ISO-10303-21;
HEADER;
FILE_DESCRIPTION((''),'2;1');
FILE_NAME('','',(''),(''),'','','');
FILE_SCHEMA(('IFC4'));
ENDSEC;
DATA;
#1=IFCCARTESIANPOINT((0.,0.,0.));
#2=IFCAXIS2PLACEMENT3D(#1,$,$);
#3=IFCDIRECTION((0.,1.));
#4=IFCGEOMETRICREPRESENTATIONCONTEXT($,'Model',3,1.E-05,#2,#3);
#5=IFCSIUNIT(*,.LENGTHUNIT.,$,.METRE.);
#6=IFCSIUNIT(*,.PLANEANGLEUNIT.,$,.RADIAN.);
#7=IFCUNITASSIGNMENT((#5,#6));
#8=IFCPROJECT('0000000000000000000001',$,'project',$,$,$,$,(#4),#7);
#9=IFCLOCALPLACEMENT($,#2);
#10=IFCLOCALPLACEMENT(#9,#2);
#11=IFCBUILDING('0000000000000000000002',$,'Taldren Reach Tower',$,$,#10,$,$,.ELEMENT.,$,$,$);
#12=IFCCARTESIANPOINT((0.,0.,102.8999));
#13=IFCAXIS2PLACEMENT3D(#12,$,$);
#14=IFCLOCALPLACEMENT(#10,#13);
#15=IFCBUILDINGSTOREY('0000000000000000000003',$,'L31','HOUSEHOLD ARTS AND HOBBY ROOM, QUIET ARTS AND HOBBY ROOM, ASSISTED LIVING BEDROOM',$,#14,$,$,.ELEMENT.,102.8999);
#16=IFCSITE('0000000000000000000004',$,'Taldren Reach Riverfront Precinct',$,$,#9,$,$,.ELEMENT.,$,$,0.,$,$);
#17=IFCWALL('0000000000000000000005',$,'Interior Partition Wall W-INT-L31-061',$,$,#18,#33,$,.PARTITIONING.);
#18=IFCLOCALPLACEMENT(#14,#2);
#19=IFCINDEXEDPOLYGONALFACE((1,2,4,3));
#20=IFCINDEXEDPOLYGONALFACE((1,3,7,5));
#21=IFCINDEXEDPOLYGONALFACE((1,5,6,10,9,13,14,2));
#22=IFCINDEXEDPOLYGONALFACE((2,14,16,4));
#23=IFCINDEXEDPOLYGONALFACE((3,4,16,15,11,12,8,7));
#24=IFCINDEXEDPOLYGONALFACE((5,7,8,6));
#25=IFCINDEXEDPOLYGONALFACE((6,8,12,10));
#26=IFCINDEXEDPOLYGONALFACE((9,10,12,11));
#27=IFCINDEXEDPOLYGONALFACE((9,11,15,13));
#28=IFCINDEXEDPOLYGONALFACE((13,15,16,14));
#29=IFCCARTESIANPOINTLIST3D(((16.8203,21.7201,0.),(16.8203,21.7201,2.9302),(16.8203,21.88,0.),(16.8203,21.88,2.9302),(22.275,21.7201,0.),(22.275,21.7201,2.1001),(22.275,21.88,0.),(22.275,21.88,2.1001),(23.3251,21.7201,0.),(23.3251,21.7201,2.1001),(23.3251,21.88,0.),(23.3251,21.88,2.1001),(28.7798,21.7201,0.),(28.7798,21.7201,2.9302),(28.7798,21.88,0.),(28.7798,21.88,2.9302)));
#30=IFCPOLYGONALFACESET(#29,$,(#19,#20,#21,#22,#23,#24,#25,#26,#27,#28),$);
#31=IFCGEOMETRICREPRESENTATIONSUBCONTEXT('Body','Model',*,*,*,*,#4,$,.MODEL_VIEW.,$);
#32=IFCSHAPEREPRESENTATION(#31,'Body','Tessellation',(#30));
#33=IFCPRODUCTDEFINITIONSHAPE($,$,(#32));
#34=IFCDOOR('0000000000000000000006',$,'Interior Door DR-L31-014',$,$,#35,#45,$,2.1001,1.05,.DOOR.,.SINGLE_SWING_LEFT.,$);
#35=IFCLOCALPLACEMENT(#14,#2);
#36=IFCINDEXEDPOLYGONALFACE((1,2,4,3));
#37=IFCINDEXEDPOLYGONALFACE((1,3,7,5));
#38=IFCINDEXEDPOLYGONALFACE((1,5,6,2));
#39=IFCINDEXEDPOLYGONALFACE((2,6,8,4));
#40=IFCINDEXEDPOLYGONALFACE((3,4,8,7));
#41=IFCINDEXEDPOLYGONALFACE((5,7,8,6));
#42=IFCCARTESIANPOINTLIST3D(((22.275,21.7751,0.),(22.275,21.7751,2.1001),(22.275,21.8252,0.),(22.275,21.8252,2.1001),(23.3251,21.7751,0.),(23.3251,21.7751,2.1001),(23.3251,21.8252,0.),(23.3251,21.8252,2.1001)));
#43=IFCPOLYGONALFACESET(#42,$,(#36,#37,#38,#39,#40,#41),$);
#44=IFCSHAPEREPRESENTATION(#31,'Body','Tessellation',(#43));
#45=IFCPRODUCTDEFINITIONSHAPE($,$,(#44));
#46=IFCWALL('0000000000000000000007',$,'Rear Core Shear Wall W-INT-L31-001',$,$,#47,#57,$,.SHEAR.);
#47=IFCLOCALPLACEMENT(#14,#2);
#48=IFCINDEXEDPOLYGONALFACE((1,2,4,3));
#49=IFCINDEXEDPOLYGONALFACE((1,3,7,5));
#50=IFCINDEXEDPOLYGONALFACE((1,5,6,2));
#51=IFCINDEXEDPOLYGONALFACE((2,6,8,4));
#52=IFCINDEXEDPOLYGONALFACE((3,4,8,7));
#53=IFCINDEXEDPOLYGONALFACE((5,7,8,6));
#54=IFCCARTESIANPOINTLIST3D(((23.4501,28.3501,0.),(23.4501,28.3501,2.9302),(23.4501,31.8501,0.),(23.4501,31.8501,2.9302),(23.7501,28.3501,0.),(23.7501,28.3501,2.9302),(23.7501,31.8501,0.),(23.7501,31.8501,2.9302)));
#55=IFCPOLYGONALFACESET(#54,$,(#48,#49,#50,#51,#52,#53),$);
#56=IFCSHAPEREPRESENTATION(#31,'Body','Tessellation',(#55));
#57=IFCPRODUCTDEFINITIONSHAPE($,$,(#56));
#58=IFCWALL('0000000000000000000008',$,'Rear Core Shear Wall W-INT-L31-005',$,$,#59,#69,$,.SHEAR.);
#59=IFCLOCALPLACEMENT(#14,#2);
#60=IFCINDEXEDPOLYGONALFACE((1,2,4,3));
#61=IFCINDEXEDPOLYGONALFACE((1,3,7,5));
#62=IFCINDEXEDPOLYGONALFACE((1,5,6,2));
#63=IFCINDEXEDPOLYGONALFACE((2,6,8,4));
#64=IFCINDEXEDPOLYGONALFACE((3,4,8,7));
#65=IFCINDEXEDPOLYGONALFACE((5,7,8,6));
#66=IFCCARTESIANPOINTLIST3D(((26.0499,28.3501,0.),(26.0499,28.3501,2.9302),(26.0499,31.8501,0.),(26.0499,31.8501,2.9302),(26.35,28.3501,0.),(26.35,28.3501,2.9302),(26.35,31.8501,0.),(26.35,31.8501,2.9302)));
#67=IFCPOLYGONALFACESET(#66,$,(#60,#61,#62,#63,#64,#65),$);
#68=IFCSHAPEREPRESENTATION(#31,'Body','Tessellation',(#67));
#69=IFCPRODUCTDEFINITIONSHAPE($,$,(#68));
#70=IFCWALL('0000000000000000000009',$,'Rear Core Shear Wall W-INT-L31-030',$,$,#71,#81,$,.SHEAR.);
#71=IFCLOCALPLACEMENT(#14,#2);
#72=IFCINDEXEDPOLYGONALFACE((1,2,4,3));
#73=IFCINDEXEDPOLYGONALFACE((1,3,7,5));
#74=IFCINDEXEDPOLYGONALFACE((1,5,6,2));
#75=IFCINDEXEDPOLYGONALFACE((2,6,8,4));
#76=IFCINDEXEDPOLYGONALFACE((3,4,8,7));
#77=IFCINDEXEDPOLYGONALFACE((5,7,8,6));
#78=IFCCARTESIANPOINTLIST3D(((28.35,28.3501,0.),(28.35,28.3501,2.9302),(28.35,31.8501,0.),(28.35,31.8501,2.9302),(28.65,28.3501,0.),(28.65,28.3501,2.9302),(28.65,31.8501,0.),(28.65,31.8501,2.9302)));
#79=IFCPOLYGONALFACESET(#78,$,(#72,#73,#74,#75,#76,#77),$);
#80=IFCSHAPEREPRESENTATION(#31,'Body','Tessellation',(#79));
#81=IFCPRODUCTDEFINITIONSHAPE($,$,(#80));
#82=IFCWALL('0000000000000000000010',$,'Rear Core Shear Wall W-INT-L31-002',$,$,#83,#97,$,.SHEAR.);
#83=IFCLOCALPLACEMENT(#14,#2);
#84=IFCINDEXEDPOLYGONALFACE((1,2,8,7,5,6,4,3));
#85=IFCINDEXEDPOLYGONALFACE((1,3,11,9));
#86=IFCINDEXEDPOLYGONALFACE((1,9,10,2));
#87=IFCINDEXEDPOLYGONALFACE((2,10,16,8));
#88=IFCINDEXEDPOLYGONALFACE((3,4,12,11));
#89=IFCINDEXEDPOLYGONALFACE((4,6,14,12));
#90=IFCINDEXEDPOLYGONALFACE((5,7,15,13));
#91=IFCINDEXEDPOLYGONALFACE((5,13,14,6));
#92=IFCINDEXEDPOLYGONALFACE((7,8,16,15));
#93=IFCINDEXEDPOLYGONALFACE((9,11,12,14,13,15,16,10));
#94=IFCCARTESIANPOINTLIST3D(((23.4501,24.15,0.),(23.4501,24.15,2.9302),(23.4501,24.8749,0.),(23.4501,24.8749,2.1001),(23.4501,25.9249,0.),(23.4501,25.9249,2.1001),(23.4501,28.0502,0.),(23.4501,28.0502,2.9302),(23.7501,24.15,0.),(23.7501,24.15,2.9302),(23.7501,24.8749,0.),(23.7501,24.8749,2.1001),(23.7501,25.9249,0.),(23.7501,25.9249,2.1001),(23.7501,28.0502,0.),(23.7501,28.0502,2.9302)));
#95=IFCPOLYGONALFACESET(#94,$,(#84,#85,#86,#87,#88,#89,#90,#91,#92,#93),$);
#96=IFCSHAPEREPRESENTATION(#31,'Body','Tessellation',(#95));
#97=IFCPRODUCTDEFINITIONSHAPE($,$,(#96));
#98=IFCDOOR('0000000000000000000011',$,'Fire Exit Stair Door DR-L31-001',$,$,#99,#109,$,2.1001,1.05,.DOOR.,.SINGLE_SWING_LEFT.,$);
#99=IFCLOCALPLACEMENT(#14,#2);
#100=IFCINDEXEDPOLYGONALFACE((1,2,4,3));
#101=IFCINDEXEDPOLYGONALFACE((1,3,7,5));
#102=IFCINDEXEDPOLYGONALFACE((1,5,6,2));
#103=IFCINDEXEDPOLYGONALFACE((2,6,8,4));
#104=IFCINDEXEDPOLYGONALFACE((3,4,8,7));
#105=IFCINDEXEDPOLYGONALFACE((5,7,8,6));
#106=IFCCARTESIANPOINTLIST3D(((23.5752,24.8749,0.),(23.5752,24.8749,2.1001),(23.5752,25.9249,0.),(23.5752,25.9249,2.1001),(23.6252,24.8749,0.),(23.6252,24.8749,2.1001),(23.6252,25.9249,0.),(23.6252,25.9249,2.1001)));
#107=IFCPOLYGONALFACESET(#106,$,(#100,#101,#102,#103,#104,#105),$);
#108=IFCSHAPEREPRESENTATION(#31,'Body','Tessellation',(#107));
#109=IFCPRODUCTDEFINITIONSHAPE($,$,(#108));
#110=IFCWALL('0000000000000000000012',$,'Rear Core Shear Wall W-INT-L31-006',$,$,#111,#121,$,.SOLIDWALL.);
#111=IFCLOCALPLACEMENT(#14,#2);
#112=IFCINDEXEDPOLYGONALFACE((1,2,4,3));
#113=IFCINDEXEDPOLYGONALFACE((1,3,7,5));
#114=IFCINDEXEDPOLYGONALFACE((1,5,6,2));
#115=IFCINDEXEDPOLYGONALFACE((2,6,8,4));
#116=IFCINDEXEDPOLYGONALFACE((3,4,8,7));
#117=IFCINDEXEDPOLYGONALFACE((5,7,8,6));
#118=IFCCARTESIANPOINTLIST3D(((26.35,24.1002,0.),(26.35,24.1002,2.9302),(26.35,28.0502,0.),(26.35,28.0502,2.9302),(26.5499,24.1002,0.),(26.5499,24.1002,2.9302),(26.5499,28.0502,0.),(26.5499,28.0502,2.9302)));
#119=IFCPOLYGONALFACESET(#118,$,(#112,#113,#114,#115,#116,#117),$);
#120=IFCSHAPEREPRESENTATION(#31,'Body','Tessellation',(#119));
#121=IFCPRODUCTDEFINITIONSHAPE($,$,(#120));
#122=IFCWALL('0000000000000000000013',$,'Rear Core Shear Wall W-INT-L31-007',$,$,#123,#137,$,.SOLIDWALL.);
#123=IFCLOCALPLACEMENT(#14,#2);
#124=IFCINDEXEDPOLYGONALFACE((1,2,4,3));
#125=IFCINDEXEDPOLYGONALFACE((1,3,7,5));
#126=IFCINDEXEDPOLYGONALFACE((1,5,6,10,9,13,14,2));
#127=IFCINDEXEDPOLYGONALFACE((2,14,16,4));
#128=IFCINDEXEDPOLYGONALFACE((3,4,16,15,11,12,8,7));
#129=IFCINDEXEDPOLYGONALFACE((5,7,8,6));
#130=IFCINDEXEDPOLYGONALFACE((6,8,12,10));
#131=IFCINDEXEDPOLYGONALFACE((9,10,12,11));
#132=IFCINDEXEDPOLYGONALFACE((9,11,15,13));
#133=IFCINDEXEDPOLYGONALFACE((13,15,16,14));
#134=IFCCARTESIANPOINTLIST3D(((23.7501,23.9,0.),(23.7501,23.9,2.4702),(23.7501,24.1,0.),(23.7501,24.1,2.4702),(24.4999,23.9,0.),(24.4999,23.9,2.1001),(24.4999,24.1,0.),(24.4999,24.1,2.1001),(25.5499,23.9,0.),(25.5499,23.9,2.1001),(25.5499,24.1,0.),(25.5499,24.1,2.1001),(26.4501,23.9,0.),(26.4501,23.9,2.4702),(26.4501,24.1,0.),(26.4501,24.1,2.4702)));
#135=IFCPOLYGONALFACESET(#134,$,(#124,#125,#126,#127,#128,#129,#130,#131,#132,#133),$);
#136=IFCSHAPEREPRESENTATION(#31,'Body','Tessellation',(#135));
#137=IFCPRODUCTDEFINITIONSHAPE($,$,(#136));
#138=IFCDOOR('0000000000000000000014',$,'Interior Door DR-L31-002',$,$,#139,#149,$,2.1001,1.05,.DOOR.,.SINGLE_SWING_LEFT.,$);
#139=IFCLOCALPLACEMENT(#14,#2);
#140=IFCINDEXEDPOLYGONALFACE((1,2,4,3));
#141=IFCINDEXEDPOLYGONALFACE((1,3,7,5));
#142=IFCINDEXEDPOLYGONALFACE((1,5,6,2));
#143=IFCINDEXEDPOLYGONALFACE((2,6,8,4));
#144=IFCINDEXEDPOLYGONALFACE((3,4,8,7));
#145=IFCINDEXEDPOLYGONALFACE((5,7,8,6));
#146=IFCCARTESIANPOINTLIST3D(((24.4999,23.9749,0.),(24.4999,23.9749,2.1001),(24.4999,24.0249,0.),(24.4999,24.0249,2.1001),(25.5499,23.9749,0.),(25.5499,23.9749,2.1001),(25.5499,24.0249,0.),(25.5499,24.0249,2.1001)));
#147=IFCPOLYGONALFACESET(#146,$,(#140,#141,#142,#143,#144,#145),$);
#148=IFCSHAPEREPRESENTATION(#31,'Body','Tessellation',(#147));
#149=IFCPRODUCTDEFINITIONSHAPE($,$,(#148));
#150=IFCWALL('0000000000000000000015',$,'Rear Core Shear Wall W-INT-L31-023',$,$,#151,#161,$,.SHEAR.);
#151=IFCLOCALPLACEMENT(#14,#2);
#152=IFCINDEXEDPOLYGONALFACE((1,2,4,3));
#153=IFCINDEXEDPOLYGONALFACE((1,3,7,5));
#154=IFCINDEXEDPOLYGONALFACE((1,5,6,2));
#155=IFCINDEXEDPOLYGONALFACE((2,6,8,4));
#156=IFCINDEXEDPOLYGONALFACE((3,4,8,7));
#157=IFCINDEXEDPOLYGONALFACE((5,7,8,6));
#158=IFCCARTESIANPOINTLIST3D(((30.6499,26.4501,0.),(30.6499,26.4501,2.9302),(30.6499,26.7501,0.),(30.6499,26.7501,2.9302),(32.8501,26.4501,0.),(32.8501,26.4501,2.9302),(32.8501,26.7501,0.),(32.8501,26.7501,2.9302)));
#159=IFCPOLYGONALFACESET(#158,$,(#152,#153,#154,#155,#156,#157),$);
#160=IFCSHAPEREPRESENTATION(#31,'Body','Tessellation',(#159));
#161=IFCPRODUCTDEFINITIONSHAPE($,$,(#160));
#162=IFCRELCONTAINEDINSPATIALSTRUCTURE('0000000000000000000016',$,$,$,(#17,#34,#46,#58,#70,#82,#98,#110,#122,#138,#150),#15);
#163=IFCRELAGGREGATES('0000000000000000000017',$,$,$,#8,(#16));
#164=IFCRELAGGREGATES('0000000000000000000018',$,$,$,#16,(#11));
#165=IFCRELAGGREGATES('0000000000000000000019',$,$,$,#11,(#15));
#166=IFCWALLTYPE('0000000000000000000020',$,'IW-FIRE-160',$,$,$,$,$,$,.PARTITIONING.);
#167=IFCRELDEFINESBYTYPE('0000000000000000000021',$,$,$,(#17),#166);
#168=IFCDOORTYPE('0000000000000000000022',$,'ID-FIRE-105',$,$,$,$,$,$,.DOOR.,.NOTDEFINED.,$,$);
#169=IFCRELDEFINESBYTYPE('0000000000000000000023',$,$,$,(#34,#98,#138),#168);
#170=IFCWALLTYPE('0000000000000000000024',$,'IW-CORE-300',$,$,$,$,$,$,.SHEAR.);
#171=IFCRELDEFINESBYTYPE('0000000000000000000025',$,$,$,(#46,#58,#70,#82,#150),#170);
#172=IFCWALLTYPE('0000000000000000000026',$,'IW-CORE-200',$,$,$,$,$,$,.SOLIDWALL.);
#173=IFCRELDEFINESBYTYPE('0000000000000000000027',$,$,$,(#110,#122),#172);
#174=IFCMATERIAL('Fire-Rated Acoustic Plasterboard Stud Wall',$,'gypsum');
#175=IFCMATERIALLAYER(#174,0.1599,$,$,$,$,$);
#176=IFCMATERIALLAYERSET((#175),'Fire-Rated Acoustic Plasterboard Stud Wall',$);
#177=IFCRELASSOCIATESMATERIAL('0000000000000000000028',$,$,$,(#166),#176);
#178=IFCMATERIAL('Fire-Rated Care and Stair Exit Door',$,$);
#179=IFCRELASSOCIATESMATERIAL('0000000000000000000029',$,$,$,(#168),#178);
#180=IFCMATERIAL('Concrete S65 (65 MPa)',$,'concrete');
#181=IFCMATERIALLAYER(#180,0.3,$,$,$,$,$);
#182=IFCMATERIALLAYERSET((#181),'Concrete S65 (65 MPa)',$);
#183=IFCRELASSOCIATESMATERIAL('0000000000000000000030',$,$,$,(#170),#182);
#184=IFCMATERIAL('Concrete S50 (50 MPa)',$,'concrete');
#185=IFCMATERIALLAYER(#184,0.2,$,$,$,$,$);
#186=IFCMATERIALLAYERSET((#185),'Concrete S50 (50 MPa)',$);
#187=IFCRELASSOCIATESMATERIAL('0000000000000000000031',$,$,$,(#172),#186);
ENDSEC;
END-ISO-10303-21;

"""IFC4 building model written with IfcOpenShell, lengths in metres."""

from ifc_helpers import new_model, si_unit, direction, frame, frame_2d, origin, place, context, subcontext, project, spatial, rectangle, extrude, source, transform, mapped, material, layer, layer_set, type_object, element, fill, save


model = new_model("IFC4")

# Units and contexts
model_context = context("Model", 3, precision=1e-05, world=origin(), true_north=direction((0.0, 1.0)))
body_context = subcontext(model_context, "Body", "Model", "MODEL_VIEW")
ifc_project = project(units=[si_unit("LENGTHUNIT", "METRE"), si_unit("PLANEANGLEUNIT", "RADIAN")], contexts=[model_context])

# Site, building, storey
site_placement = place(None, origin())
site = spatial("IfcSite", under=ifc_project, at=site_placement, Name="Taldren Reach Riverfront Precinct", CompositionType="ELEMENT", RefElevation=0.0)
building_placement = place(site_placement, origin())
building = spatial("IfcBuilding", under=site, at=building_placement, Name="Taldren Reach Tower", CompositionType="ELEMENT")
storey_placement = place(building_placement, frame((0.0, 0.0, 102.8999)))
storey = spatial("IfcBuildingStorey", under=building, at=storey_placement, Name="L31", Description="HOUSEHOLD ARTS AND HOBBY ROOM, QUIET ARTS AND HOBBY ROOM, ASSISTED LIVING BEDROOM", CompositionType="ELEMENT", Elevation=102.8999)

# Shared definitions
ifc_material_1 = material(Name="Concrete S65 (65 MPa)", Category="concrete")

# Wall, opening, door
ifc_material_2 = material(Name="Fire-Rated Acoustic Plasterboard Stud Wall", Category="gypsum")
ifc_layer_1 = layer(ifc_material_2, 0.1599)
ifc_layer_set_1 = layer_set([ifc_layer_1], Name="Fire-Rated Acoustic Plasterboard Stud Wall")
wall_type_1 = type_object("IfcWallType", Name="IW-FIRE-160", PredefinedType="PARTITIONING", material=ifc_layer_set_1)
shared_shape_1 = source(origin(), body_context, "Body", "SweptSolid", [
    extrude(rectangle(XDim=11.9595, YDim=0.1599, at=frame_2d((5.9797, 0.0))), origin(), (0.0, 0.0, 1.0), 2.9302),
])
wall_1_placement = place(storey_placement, frame((28.7798, 21.8, 0.0), z_axis=(0.0, 0.0, 1.0), x_axis=(-1.0, 0.0, 0.0)))
wall_1 = element("IfcWall", 1, at=wall_1_placement, inside=storey, type_object=wall_type_1, Name="Interior Partition Wall W-INT-L31-061", PredefinedType="PARTITIONING", context=body_context, shape_type="MappedRepresentation", body=[
    mapped(shared_shape_1, transform((0.0, 0.0, 0.0), scale=1.0)),
])
shared_shape_2 = source(origin(), body_context, "Body", "SweptSolid", [
    extrude(rectangle(XDim=1.05, YDim=2.1001, at=frame_2d((0.5249, 1.05))), frame((0.0, 0.0898, 0.0), z_axis=(0.0, -1.0, 0.0), x_axis=(1.0, 0.0, 0.0)), (0.0, 0.0, 1.0), 0.1799),
])
opening_1_placement = place(wall_1_placement, frame((5.4548, 0.0, 0.0)))
opening_1 = element("IfcOpeningElement", 2, at=opening_1_placement, cuts=wall_1, PredefinedType="OPENING", context=body_context, shape_type="MappedRepresentation", body=[
    mapped(shared_shape_2, transform((0.0, 0.0, 0.0), scale=1.0)),
])
ifc_material_3 = material(Name="Fire-Rated Care and Stair Exit Door")
door_type_1 = type_object("IfcDoorType", Name="ID-FIRE-105", OperationType="NOTDEFINED", PredefinedType="DOOR", material=ifc_material_3)
shared_shape_3 = source(origin(), body_context, "Body", "SweptSolid", [
    extrude(rectangle(XDim=1.05, YDim=2.1001, at=frame_2d((0.5249, 1.05))), frame((0.0, 0.0249, 0.0), z_axis=(0.0, -1.0, 0.0), x_axis=(1.0, 0.0, 0.0)), (0.0, 0.0, 1.0), 0.05),
])
door_1_placement = place(opening_1_placement, origin())
door_1 = element("IfcDoor", 3, at=door_1_placement, inside=storey, type_object=door_type_1, Name="Interior Door DR-L31-014", OperationType="SINGLE_SWING_LEFT", OverallHeight=2.1001, OverallWidth=1.05, PredefinedType="DOOR", context=body_context, shape_type="MappedRepresentation", body=[
    mapped(shared_shape_3, transform((0.0, 0.0, 0.0), scale=1.0)),
])
fill(opening_1, door_1)

# Walls
ifc_layer_2 = layer(ifc_material_1, 0.3)
ifc_layer_set_2 = layer_set([ifc_layer_2], Name="Concrete S65 (65 MPa)")
wall_type_2 = type_object("IfcWallType", Name="IW-CORE-300", PredefinedType="SHEAR", material=ifc_layer_set_2)
shared_shape_4 = source(origin(), body_context, "Body", "SweptSolid", [
    extrude(rectangle(XDim=3.5, YDim=0.3, at=frame_2d((1.75, 0.0))), origin(), (0.0, 0.0, 1.0), 2.9302),
])
for number, where, z_axis, x_axis, name in (
    (4, (23.6001, 28.3501, 0.0), (0.0, 0.0, 1.0), (0.0, 1.0, 0.0), "Rear Core Shear Wall W-INT-L31-001"),
    (5, (26.2, 28.3501, 0.0), (0.0, 0.0, 1.0), (0.0, 1.0, 0.0), "Rear Core Shear Wall W-INT-L31-005"),
    (6, (28.5, 28.3501, 0.0), (0.0, 0.0, 1.0), (0.0, 1.0, 0.0), "Rear Core Shear Wall W-INT-L31-030"),
):
    element("IfcWall", number, at=place(storey_placement, frame(where, z_axis=z_axis, x_axis=x_axis)), inside=storey, type_object=wall_type_2, Name=name, PredefinedType="SHEAR", context=body_context, shape_type="MappedRepresentation", body=[
        mapped(shared_shape_4, transform((0.0, 0.0, 0.0), scale=1.0)),
    ])

# Wall, opening, door
shared_shape_5 = source(origin(), body_context, "Body", "SweptSolid", [
    extrude(rectangle(XDim=3.9001, YDim=0.3, at=frame_2d((1.9502, 0.0))), origin(), (0.0, 0.0, 1.0), 2.9302),
])
wall_2_placement = place(storey_placement, frame((23.6001, 24.1499, 0.0), z_axis=(0.0, 0.0, 1.0), x_axis=(0.0, 1.0, 0.0)))
wall_2 = element("IfcWall", 7, at=wall_2_placement, inside=storey, type_object=wall_type_2, Name="Rear Core Shear Wall W-INT-L31-002", PredefinedType="SHEAR", context=body_context, shape_type="MappedRepresentation", body=[
    mapped(shared_shape_5, transform((0.0, 0.0, 0.0), scale=1.0)),
])
shared_shape_6 = source(origin(), body_context, "Body", "SweptSolid", [
    extrude(rectangle(XDim=1.05, YDim=2.1001, at=frame_2d((0.5249, 1.05))), frame((0.0, 0.1602, 0.0), z_axis=(0.0, -1.0, 0.0), x_axis=(1.0, 0.0, 0.0)), (0.0, 0.0, 1.0), 0.3201),
])
opening_2_placement = place(wall_2_placement, frame((0.7251, 0.0, 0.0)))
opening_2 = element("IfcOpeningElement", 8, at=opening_2_placement, cuts=wall_2, PredefinedType="OPENING", context=body_context, shape_type="MappedRepresentation", body=[
    mapped(shared_shape_6, transform((0.0, 0.0, 0.0), scale=1.0)),
])
door_2_placement = place(opening_2_placement, origin())
door_2 = element("IfcDoor", 9, at=door_2_placement, inside=storey, type_object=door_type_1, Name="Fire Exit Stair Door DR-L31-001", OperationType="SINGLE_SWING_LEFT", OverallHeight=2.1001, OverallWidth=1.05, PredefinedType="DOOR", context=body_context, shape_type="MappedRepresentation", body=[
    mapped(shared_shape_3, transform((0.0, 0.0, 0.0), scale=1.0)),
])
fill(opening_2, door_2)

# Wall
ifc_material_4 = material(Name="Concrete S50 (50 MPa)", Category="concrete")
ifc_layer_3 = layer(ifc_material_4, 0.2)
ifc_layer_set_3 = layer_set([ifc_layer_3], Name="Concrete S50 (50 MPa)")
wall_type_3 = type_object("IfcWallType", Name="IW-CORE-200", PredefinedType="SOLIDWALL", material=ifc_layer_set_3)
shared_shape_7 = source(origin(), body_context, "Body", "SweptSolid", [
    extrude(rectangle(XDim=3.95, YDim=0.2, at=frame_2d((1.9751, 0.0))), origin(), (0.0, 0.0, 1.0), 2.9302),
])
wall_3_placement = place(storey_placement, frame((26.45, 24.1001, 0.0), z_axis=(0.0, 0.0, 1.0), x_axis=(0.0, 1.0, 0.0)))
element("IfcWall", 10, at=wall_3_placement, inside=storey, type_object=wall_type_3, Name="Rear Core Shear Wall W-INT-L31-006", PredefinedType="SOLIDWALL", context=body_context, shape_type="MappedRepresentation", body=[
    mapped(shared_shape_7, transform((0.0, 0.0, 0.0), scale=1.0)),
])

# Wall, opening, door
shared_shape_8 = source(origin(), body_context, "Body", "SweptSolid", [
    extrude(rectangle(XDim=2.7, YDim=0.2, at=frame_2d((1.3501, 0.0))), origin(), (0.0, 0.0, 1.0), 2.4702),
])
wall_4_placement = place(storey_placement, frame((23.75, 24.0, 0.0), z_axis=(0.0, 0.0, 1.0), x_axis=(1.0, 0.0, 0.0)))
wall_4 = element("IfcWall", 11, at=wall_4_placement, inside=storey, type_object=wall_type_3, Name="Rear Core Shear Wall W-INT-L31-007", PredefinedType="SOLIDWALL", context=body_context, shape_type="MappedRepresentation", body=[
    mapped(shared_shape_8, transform((0.0, 0.0, 0.0), scale=1.0)),
])
shared_shape_9 = source(origin(), body_context, "Body", "SweptSolid", [
    extrude(rectangle(XDim=1.05, YDim=2.1001, at=frame_2d((0.5249, 1.05))), frame((0.0, 0.1099, 0.0), z_axis=(0.0, -1.0, 0.0), x_axis=(1.0, 0.0, 0.0)), (0.0, 0.0, 1.0), 0.22),
])
opening_3_placement = place(wall_4_placement, frame((0.75, 0.0, 0.0)))
opening_3 = element("IfcOpeningElement", 12, at=opening_3_placement, cuts=wall_4, PredefinedType="OPENING", context=body_context, shape_type="MappedRepresentation", body=[
    mapped(shared_shape_9, transform((0.0, 0.0, 0.0), scale=1.0)),
])
door_3_placement = place(opening_3_placement, origin())
door_3 = element("IfcDoor", 13, at=door_3_placement, inside=storey, type_object=door_type_1, Name="Interior Door DR-L31-002", OperationType="SINGLE_SWING_LEFT", OverallHeight=2.1001, OverallWidth=1.05, PredefinedType="DOOR", context=body_context, shape_type="MappedRepresentation", body=[
    mapped(shared_shape_3, transform((0.0, 0.0, 0.0), scale=1.0)),
])
fill(opening_3, door_3)

# Wall
shared_shape_10 = source(origin(), body_context, "Body", "SweptSolid", [
    extrude(rectangle(XDim=2.2002, YDim=0.3, at=frame_2d((1.1001, 0.0))), origin(), (0.0, 0.0, 1.0), 2.9302),
])
wall_5_placement = place(storey_placement, frame((30.6499, 26.6001, 0.0), z_axis=(0.0, 0.0, 1.0), x_axis=(1.0, 0.0, 0.0)))
element("IfcWall", 14, at=wall_5_placement, inside=storey, type_object=wall_type_2, Name="Rear Core Shear Wall W-INT-L31-023", PredefinedType="SHEAR", context=body_context, shape_type="MappedRepresentation", body=[
    mapped(shared_shape_10, transform((0.0, 0.0, 0.0), scale=1.0)),
])

save(model, "model.ifc")
